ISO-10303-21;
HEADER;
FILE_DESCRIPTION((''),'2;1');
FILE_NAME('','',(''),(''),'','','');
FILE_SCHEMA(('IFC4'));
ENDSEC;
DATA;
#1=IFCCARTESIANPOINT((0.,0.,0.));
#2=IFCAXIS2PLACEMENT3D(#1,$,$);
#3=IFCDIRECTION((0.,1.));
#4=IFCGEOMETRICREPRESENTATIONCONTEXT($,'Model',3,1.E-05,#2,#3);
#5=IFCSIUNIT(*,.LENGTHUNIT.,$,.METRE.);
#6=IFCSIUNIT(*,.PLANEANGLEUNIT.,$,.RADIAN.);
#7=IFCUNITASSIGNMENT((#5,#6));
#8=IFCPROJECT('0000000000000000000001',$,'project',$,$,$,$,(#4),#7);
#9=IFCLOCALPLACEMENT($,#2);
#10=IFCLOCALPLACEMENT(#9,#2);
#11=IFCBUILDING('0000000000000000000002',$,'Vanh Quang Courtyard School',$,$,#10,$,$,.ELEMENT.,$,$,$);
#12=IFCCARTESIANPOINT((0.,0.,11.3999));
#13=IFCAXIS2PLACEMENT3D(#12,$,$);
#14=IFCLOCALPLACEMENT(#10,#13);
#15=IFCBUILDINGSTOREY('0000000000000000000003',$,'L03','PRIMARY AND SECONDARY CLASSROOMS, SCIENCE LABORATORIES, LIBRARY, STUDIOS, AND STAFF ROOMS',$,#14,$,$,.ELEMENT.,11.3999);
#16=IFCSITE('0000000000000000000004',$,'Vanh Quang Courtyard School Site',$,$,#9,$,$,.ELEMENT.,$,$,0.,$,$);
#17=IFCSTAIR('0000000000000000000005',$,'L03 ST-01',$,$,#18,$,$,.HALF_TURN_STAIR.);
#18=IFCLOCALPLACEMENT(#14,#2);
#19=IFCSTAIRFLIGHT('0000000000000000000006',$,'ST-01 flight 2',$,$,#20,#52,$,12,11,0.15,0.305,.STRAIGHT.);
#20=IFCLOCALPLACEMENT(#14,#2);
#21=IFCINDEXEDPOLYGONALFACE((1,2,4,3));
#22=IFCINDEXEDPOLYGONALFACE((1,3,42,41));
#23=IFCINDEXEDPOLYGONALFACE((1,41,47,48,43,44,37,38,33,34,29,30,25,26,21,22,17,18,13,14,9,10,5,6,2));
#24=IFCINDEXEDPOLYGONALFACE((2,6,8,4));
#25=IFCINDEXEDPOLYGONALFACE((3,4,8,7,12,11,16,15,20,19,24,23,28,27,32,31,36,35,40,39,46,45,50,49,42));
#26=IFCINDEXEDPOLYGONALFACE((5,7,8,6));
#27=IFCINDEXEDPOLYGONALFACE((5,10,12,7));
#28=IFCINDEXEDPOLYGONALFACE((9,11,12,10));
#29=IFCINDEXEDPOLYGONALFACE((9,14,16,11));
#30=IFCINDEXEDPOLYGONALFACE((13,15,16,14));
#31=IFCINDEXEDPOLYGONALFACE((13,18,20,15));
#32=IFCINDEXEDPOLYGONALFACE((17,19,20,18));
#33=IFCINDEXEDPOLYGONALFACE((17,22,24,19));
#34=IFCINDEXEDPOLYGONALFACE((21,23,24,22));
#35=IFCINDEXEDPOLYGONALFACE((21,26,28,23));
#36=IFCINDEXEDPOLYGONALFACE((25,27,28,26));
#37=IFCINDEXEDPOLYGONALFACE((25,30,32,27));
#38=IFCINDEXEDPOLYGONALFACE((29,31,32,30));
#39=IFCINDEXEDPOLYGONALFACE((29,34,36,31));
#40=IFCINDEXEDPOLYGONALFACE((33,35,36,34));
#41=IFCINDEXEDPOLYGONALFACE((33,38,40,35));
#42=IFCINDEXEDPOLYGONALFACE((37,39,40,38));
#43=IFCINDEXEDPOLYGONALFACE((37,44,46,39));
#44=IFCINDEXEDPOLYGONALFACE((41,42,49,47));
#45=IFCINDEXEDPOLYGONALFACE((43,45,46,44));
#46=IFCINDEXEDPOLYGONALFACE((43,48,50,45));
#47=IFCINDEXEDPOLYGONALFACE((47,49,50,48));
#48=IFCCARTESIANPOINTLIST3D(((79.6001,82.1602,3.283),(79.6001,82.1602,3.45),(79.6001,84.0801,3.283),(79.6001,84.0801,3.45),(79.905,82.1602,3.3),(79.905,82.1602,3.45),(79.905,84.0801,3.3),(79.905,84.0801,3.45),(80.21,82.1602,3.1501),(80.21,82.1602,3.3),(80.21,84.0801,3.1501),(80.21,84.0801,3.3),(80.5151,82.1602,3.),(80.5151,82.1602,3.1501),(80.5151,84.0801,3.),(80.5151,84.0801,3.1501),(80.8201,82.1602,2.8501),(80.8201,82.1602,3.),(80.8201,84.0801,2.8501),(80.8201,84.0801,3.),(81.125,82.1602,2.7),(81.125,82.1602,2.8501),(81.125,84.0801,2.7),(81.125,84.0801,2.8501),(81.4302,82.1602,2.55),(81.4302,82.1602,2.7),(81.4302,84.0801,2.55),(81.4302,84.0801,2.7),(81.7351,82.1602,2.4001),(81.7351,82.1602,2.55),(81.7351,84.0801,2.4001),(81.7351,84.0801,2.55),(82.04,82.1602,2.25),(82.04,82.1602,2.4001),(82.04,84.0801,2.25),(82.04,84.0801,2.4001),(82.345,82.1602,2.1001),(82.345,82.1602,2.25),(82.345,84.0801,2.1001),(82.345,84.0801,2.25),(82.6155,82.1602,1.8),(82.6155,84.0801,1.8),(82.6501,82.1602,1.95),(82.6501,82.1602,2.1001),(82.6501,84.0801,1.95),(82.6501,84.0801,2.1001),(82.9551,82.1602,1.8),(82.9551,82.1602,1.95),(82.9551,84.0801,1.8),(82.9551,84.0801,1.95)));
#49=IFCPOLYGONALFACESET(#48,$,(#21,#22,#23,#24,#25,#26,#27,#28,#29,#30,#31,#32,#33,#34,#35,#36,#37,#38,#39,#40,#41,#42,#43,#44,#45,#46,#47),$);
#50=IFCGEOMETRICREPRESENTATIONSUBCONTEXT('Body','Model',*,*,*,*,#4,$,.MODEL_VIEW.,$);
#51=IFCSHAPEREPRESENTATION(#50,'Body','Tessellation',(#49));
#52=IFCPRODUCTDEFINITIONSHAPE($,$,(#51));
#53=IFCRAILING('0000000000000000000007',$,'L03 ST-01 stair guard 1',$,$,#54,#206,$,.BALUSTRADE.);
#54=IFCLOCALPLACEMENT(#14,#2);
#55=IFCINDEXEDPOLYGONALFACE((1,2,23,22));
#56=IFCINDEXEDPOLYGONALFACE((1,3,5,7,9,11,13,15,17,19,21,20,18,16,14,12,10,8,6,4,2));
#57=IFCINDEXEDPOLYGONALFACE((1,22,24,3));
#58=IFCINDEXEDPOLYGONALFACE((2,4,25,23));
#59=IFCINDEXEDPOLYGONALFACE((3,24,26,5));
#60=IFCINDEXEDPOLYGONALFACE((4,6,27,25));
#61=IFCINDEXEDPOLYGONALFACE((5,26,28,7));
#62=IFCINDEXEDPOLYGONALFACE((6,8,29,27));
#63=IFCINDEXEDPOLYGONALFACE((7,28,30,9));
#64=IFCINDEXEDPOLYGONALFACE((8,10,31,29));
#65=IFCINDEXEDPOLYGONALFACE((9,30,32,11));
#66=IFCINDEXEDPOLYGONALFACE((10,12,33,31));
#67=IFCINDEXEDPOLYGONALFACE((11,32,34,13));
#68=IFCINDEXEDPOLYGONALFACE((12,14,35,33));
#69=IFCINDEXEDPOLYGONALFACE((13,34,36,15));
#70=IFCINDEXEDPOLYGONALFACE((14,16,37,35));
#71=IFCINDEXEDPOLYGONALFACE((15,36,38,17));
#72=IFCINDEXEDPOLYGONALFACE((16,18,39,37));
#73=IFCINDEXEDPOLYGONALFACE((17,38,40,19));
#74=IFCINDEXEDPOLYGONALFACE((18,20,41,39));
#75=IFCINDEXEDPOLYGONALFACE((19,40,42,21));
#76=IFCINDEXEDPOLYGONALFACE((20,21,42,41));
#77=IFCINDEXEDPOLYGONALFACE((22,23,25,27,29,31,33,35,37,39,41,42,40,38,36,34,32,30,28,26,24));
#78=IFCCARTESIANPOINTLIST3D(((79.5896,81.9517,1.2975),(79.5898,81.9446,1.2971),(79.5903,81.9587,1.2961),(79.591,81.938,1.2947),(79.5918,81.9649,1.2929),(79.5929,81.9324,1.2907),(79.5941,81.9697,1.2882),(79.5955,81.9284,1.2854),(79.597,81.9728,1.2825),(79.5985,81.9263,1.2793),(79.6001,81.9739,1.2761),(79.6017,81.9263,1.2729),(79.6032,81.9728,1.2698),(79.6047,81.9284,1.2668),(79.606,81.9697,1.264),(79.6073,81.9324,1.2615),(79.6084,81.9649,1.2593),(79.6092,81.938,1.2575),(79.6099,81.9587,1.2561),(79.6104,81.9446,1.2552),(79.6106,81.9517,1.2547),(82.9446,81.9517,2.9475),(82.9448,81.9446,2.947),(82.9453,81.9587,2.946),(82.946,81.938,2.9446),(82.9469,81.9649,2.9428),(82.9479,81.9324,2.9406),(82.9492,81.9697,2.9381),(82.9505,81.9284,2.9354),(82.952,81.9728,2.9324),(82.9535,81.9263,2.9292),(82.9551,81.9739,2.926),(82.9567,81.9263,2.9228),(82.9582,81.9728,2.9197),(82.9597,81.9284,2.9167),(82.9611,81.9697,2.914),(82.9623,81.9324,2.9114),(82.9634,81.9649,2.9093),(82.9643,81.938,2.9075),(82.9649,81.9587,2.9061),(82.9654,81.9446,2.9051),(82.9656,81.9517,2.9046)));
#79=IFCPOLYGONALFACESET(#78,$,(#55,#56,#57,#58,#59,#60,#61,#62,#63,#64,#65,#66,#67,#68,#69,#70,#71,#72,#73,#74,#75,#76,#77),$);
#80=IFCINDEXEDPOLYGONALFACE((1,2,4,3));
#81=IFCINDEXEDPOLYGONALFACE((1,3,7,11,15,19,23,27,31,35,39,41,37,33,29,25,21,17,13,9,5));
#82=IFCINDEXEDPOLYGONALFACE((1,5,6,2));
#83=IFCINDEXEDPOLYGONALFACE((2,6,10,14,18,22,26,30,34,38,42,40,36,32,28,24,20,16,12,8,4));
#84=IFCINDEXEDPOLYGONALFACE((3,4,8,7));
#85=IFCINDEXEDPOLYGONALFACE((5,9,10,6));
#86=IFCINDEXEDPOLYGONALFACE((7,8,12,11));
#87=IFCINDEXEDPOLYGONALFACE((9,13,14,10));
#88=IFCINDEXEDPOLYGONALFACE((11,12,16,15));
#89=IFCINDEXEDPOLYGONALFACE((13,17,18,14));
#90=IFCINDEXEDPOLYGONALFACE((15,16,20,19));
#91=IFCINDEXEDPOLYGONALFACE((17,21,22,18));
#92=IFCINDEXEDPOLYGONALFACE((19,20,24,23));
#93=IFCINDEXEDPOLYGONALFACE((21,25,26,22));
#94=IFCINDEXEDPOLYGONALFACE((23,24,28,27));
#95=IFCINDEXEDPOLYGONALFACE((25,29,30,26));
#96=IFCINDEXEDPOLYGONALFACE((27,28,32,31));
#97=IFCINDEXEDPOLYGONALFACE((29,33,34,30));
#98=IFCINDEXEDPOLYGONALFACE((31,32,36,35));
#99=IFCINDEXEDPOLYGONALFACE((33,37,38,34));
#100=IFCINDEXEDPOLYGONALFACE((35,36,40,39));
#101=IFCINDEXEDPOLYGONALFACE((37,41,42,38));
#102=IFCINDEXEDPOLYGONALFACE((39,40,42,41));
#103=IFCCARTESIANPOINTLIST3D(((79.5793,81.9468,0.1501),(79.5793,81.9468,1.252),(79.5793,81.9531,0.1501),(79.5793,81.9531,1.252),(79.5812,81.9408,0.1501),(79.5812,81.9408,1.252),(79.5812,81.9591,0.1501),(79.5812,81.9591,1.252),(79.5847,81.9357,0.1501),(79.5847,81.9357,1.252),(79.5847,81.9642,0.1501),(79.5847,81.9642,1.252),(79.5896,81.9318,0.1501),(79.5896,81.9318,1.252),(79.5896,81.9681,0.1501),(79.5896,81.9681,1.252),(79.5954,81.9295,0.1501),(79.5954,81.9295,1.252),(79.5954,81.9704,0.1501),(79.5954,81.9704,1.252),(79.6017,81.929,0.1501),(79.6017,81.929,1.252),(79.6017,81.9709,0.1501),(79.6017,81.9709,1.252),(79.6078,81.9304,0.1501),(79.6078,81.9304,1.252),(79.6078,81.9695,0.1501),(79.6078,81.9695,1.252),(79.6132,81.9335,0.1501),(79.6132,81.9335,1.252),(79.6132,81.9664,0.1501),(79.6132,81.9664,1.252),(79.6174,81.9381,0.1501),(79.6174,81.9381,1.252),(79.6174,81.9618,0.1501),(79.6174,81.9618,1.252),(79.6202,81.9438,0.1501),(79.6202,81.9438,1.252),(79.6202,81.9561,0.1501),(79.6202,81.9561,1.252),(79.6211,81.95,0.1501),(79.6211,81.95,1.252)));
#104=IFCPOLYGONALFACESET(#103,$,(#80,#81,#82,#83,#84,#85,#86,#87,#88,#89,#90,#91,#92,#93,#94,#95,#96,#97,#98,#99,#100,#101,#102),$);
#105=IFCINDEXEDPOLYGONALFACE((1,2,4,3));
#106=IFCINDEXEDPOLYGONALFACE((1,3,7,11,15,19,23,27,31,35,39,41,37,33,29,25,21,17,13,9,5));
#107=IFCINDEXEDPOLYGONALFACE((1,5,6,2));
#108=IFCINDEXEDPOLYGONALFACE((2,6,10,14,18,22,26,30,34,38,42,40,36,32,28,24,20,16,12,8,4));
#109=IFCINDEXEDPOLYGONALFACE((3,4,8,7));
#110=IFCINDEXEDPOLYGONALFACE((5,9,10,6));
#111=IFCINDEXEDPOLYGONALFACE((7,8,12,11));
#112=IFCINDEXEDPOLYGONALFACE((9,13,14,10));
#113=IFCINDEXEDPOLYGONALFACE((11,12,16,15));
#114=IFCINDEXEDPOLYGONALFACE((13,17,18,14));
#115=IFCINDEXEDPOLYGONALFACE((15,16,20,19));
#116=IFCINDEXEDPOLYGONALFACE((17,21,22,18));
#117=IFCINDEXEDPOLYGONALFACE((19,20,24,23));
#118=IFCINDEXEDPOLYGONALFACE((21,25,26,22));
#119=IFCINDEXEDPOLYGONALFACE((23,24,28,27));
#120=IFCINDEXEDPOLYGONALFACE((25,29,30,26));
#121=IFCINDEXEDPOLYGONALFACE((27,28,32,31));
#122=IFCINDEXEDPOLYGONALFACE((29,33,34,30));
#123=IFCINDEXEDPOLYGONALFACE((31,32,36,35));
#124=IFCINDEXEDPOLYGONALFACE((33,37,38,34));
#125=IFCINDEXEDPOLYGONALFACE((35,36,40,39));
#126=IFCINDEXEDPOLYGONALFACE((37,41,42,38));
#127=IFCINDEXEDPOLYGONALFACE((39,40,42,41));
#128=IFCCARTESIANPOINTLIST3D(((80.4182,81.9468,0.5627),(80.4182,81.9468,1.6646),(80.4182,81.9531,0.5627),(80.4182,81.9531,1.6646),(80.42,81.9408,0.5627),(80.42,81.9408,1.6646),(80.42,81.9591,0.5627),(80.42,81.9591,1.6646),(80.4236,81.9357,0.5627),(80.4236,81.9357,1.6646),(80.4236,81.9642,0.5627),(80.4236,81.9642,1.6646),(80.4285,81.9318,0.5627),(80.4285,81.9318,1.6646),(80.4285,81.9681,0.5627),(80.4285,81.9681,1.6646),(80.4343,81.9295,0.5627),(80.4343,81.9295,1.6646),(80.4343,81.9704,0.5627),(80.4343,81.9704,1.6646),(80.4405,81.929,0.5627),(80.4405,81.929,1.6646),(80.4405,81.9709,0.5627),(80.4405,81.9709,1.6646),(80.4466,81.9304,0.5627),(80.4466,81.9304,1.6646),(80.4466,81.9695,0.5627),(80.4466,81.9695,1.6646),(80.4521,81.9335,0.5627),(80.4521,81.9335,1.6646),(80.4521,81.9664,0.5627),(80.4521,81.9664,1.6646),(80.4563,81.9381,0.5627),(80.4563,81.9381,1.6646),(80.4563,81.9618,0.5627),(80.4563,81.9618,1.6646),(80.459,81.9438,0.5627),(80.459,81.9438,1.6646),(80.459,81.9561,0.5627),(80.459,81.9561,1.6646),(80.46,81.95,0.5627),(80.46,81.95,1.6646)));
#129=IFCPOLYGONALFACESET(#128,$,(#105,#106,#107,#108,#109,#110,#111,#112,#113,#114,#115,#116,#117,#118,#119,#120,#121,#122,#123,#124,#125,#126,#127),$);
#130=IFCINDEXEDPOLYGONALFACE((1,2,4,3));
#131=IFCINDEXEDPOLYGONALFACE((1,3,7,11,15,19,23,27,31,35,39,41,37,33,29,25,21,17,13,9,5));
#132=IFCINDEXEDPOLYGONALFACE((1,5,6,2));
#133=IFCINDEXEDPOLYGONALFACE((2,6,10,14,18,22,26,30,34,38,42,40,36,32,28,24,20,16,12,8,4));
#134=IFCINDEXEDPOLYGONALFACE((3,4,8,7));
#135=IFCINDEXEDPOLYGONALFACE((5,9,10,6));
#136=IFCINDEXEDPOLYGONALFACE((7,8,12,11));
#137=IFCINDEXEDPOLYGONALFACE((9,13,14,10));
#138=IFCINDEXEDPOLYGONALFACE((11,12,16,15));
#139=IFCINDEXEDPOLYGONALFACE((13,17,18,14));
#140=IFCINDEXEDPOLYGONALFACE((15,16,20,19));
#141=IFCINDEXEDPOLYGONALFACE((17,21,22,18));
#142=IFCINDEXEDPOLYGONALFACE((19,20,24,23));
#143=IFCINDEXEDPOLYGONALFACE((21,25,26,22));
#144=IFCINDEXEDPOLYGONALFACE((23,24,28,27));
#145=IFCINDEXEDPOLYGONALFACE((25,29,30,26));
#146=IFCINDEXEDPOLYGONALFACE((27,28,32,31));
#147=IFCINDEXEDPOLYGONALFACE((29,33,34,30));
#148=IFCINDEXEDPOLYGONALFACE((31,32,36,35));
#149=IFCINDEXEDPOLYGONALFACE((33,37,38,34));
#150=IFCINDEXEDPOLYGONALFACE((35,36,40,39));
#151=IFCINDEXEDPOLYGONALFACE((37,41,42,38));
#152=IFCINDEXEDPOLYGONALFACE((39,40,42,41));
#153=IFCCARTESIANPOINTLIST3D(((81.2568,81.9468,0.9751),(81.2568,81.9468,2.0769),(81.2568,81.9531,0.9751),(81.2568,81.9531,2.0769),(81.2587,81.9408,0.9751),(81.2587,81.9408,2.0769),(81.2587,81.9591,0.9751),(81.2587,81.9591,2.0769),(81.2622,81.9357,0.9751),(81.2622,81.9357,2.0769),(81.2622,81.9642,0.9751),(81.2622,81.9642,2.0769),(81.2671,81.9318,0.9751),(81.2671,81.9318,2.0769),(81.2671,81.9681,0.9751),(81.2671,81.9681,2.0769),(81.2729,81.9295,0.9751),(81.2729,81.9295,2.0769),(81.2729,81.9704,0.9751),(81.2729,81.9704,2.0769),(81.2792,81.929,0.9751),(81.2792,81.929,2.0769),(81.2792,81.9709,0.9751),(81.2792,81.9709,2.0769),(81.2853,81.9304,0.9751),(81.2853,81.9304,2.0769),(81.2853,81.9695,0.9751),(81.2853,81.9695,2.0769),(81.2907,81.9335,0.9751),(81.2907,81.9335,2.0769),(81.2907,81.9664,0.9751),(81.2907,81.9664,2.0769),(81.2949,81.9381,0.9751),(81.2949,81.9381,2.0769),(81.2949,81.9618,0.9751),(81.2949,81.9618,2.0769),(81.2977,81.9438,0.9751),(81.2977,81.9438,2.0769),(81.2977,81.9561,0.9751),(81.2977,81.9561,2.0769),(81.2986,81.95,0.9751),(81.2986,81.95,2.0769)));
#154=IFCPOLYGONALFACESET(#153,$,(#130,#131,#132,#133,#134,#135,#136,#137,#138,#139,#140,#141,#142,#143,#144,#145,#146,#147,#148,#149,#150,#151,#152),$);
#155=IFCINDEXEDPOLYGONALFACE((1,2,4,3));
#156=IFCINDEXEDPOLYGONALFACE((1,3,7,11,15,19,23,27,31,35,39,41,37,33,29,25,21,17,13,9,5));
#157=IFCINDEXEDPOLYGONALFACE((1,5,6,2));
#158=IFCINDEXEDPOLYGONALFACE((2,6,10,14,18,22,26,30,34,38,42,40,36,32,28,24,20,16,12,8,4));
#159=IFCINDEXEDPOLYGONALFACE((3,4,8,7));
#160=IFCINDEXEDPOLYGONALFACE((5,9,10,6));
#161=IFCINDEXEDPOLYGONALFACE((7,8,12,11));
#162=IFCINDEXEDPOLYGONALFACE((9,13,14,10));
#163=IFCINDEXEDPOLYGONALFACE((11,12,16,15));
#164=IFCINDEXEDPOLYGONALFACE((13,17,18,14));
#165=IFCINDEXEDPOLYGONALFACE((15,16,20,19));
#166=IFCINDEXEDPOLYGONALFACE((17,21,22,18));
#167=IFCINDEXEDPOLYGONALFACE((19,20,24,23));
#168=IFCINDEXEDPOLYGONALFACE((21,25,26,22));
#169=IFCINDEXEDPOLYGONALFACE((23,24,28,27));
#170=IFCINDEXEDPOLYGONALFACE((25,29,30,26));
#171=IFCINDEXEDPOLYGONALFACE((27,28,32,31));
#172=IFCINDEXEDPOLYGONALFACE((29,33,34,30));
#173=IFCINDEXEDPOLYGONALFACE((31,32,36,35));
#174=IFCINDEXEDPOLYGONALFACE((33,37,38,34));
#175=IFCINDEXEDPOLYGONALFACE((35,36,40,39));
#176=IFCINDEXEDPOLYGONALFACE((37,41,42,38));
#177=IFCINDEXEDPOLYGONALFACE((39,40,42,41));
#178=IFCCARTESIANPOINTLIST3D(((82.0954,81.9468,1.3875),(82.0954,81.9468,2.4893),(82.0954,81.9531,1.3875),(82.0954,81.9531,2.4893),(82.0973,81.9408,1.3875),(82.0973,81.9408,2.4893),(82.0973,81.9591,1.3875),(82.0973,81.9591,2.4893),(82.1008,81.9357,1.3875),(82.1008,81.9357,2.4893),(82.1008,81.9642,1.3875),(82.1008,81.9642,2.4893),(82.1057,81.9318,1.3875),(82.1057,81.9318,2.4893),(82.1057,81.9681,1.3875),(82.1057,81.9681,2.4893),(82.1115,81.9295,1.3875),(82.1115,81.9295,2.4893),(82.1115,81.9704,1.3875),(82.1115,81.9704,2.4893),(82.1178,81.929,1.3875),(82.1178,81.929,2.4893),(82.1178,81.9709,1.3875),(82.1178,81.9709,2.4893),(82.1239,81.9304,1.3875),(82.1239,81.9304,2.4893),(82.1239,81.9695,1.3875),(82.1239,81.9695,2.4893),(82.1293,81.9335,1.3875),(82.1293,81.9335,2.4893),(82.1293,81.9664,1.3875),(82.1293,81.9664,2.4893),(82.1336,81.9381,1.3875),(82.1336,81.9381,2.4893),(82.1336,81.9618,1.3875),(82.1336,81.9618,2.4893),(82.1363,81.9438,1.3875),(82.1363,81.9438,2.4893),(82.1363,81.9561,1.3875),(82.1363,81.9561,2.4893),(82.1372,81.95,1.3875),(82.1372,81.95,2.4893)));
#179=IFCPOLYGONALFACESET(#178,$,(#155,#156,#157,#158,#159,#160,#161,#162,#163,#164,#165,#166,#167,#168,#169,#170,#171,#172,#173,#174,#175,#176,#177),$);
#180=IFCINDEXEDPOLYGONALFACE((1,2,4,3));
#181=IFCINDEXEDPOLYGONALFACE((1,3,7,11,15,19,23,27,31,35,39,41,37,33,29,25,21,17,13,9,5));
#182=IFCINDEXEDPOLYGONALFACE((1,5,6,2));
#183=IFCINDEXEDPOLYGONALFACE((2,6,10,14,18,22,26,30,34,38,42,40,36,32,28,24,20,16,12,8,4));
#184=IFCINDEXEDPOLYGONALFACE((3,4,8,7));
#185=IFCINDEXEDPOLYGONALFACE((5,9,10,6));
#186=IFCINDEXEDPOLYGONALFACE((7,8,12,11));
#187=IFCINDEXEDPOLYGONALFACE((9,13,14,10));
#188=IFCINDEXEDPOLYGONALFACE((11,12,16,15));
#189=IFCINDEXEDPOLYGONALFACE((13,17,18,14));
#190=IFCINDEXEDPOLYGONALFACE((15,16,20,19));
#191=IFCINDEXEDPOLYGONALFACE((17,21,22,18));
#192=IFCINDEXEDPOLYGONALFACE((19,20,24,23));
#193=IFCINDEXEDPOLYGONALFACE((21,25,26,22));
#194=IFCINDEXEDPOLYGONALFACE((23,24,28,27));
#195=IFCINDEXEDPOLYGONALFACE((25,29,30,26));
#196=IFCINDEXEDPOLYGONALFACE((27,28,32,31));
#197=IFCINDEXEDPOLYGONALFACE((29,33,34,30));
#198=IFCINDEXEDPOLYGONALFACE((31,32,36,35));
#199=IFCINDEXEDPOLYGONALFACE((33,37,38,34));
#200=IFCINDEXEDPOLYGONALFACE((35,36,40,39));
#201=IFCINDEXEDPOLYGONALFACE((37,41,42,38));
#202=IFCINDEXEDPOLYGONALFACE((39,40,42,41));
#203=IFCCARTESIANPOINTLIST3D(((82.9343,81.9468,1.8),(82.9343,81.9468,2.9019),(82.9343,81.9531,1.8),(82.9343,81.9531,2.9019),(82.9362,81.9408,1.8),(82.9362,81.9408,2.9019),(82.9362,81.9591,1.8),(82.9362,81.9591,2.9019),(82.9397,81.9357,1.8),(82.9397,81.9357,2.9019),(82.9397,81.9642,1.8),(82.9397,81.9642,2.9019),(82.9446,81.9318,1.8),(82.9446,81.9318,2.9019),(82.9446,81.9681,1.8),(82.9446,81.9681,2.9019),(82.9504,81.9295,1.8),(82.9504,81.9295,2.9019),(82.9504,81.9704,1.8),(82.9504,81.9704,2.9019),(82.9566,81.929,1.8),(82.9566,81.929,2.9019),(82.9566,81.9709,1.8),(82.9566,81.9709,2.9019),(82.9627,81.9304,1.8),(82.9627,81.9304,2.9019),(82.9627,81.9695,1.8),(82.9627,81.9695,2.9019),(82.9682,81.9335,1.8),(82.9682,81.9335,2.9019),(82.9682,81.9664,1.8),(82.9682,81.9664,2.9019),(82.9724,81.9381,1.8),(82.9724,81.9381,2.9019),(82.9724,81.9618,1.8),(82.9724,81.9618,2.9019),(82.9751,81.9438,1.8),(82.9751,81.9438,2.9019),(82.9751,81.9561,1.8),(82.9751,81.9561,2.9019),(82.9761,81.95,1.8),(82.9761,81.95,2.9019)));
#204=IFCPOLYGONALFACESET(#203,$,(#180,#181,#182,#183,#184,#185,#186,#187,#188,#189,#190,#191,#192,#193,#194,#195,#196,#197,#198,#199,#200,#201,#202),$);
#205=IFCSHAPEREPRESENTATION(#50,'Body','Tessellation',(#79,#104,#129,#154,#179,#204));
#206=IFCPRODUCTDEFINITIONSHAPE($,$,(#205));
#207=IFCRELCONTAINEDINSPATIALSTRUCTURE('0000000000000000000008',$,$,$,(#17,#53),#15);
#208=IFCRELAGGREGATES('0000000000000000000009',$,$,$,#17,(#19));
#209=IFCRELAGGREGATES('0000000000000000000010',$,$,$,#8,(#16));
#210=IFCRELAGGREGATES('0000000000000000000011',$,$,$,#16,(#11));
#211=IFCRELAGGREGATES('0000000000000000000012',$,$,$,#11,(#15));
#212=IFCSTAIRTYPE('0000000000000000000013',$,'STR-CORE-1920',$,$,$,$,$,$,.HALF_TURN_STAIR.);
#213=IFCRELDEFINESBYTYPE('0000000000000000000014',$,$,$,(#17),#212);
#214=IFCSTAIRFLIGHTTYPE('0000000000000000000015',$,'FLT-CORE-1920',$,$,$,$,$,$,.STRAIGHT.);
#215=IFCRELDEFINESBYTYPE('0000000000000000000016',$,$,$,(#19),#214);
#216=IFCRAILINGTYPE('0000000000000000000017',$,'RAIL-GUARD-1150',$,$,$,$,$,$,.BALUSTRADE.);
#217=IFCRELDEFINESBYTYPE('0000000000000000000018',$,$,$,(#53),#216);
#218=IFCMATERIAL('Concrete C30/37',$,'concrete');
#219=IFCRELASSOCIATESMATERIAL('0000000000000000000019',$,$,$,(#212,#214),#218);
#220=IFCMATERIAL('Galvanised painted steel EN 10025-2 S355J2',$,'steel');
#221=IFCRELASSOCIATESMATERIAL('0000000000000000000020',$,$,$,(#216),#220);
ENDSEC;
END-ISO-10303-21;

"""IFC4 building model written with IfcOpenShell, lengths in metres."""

from ifc_helpers import new_model, si_unit, direction, frame, origin, origin_2d, place, context, subcontext, project, spatial, polyline, circle, outline, extrude, material, type_object, element, aggregate, save


model = new_model("IFC4")

# Units and contexts
model_context = context("Model", 3, precision=1e-05, world=origin(), true_north=direction((0.0, 1.0)))
body_context = subcontext(model_context, "Body", "Model", "MODEL_VIEW")
ifc_project = project(units=[si_unit("LENGTHUNIT", "METRE"), si_unit("PLANEANGLEUNIT", "RADIAN")], contexts=[model_context])

# Site, building, storey
site_placement = place(None, origin())
site = spatial("IfcSite", under=ifc_project, at=site_placement, Name="Vanh Quang Courtyard School Site", CompositionType="ELEMENT", RefElevation=0.0)
building_placement = place(site_placement, origin())
building = spatial("IfcBuilding", under=site, at=building_placement, Name="Vanh Quang Courtyard School", CompositionType="ELEMENT")
storey_placement = place(building_placement, frame((0.0, 0.0, 11.3999)))
storey = spatial("IfcBuildingStorey", under=building, at=storey_placement, Name="L03", Description="PRIMARY AND SECONDARY CLASSROOMS, SCIENCE LABORATORIES, LIBRARY, STUDIOS, AND STAFF ROOMS", CompositionType="ELEMENT", Elevation=11.3999)

# Shared definitions
ifc_material_1 = material(Name="Concrete C30/37", Category="concrete")

# Stair, stair flight
stair_type_1 = type_object("IfcStairType", Name="STR-CORE-1920", PredefinedType="HALF_TURN_STAIR", material=ifc_material_1)
stair_1_placement = place(storey_placement, origin())
stair_1 = element("IfcStair", 1, at=stair_1_placement, inside=storey, type_object=stair_type_1, Name="L03 ST-01", PredefinedType="HALF_TURN_STAIR")
stair_flight_type_1 = type_object("IfcStairFlightType", Name="FLT-CORE-1920", PredefinedType="STRAIGHT", material=ifc_material_1)
stair_flight_1_placement = place(storey_placement, frame((82.9551, 83.1201, 1.8), z_axis=(0.0, 0.0, 1.0), x_axis=(-1.0, 0.0, 0.0)))
stair_flight_1 = element("IfcStairFlight", 2, at=stair_flight_1_placement, type_object=stair_flight_type_1, Name="ST-01 flight 2", NumberOfRisers=12, NumberOfTreads=11, PredefinedType="STRAIGHT", RiserHeight=0.15, TreadLength=0.305, context=body_context, shape_type="SweptSolid", body=[
    extrude(outline(polyline([(0.0, 0.0), (0.0, 0.1499), (0.3049, 0.1499), (0.3049, 0.3), (0.6101, 0.3), (0.6101, 0.45), (0.915, 0.45), (0.915, 0.6001), (1.22, 0.6001), (1.22, 0.75), (1.5249, 0.75), (1.5249, 0.8999), (1.8301, 0.8999), (1.8301, 1.05), (2.135, 1.05), (2.135, 1.2), (2.4399, 1.2), (2.4399, 1.3501), (2.7451, 1.3501), (2.7451, 1.5), (3.05, 1.5), (3.05, 1.6499), (3.355, 1.6499), (3.355, 1.8), (3.355, 1.4829), (0.3396, 0.0), (0.0, 0.0)])), frame((0.0, 0.96, 0.0), z_axis=(0.0, -1.0, 0.0), x_axis=(1.0, 0.0, 0.0)), (0.0, 0.0, 1.0), 1.9199),
])
aggregate(stair_1, [stair_flight_1])

# Railing
ifc_material_2 = material(Name="Galvanised painted steel EN 10025-2 S355J2", Category="steel")
railing_type_1 = type_object("IfcRailingType", Name="RAIL-GUARD-1150", PredefinedType="BALUSTRADE", material=ifc_material_2)
railing_1_placement = place(storey_placement, frame((79.6001, 81.95, 0.1501)))
element("IfcRailing", 3, at=railing_1_placement, inside=storey, type_object=railing_type_1, Name="L03 ST-01 stair guard 1", PredefinedType="BALUSTRADE", context=body_context, shape_type="SweptSolid", body=[
    extrude(circle(Radius=0.0239, at=origin_2d()), frame((0.0, 0.0, 1.126), z_axis=(0.897359, 0.0, 0.441301), x_axis=(0.0, 1.0, 0.0)), (0.0, 0.0, 1.0), 3.7388),
    extrude(circle(Radius=0.021, at=origin_2d()), origin(), (0.0, 0.0, 1.0), 1.1018),
    extrude(circle(Radius=0.021, at=origin_2d()), frame((0.8389, 0.0, 0.4126)), (0.0, 0.0, 1.0), 1.1018),
    extrude(circle(Radius=0.021, at=origin_2d()), frame((1.6775, 0.0, 0.825)), (0.0, 0.0, 1.0), 1.1018),
    extrude(circle(Radius=0.021, at=origin_2d()), frame((2.5161, 0.0, 1.2373)), (0.0, 0.0, 1.0), 1.1018),
    extrude(circle(Radius=0.021, at=origin_2d()), frame((3.355, 0.0, 1.6499)), (0.0, 0.0, 1.0), 1.1018),
])

save(model, "model.ifc")
